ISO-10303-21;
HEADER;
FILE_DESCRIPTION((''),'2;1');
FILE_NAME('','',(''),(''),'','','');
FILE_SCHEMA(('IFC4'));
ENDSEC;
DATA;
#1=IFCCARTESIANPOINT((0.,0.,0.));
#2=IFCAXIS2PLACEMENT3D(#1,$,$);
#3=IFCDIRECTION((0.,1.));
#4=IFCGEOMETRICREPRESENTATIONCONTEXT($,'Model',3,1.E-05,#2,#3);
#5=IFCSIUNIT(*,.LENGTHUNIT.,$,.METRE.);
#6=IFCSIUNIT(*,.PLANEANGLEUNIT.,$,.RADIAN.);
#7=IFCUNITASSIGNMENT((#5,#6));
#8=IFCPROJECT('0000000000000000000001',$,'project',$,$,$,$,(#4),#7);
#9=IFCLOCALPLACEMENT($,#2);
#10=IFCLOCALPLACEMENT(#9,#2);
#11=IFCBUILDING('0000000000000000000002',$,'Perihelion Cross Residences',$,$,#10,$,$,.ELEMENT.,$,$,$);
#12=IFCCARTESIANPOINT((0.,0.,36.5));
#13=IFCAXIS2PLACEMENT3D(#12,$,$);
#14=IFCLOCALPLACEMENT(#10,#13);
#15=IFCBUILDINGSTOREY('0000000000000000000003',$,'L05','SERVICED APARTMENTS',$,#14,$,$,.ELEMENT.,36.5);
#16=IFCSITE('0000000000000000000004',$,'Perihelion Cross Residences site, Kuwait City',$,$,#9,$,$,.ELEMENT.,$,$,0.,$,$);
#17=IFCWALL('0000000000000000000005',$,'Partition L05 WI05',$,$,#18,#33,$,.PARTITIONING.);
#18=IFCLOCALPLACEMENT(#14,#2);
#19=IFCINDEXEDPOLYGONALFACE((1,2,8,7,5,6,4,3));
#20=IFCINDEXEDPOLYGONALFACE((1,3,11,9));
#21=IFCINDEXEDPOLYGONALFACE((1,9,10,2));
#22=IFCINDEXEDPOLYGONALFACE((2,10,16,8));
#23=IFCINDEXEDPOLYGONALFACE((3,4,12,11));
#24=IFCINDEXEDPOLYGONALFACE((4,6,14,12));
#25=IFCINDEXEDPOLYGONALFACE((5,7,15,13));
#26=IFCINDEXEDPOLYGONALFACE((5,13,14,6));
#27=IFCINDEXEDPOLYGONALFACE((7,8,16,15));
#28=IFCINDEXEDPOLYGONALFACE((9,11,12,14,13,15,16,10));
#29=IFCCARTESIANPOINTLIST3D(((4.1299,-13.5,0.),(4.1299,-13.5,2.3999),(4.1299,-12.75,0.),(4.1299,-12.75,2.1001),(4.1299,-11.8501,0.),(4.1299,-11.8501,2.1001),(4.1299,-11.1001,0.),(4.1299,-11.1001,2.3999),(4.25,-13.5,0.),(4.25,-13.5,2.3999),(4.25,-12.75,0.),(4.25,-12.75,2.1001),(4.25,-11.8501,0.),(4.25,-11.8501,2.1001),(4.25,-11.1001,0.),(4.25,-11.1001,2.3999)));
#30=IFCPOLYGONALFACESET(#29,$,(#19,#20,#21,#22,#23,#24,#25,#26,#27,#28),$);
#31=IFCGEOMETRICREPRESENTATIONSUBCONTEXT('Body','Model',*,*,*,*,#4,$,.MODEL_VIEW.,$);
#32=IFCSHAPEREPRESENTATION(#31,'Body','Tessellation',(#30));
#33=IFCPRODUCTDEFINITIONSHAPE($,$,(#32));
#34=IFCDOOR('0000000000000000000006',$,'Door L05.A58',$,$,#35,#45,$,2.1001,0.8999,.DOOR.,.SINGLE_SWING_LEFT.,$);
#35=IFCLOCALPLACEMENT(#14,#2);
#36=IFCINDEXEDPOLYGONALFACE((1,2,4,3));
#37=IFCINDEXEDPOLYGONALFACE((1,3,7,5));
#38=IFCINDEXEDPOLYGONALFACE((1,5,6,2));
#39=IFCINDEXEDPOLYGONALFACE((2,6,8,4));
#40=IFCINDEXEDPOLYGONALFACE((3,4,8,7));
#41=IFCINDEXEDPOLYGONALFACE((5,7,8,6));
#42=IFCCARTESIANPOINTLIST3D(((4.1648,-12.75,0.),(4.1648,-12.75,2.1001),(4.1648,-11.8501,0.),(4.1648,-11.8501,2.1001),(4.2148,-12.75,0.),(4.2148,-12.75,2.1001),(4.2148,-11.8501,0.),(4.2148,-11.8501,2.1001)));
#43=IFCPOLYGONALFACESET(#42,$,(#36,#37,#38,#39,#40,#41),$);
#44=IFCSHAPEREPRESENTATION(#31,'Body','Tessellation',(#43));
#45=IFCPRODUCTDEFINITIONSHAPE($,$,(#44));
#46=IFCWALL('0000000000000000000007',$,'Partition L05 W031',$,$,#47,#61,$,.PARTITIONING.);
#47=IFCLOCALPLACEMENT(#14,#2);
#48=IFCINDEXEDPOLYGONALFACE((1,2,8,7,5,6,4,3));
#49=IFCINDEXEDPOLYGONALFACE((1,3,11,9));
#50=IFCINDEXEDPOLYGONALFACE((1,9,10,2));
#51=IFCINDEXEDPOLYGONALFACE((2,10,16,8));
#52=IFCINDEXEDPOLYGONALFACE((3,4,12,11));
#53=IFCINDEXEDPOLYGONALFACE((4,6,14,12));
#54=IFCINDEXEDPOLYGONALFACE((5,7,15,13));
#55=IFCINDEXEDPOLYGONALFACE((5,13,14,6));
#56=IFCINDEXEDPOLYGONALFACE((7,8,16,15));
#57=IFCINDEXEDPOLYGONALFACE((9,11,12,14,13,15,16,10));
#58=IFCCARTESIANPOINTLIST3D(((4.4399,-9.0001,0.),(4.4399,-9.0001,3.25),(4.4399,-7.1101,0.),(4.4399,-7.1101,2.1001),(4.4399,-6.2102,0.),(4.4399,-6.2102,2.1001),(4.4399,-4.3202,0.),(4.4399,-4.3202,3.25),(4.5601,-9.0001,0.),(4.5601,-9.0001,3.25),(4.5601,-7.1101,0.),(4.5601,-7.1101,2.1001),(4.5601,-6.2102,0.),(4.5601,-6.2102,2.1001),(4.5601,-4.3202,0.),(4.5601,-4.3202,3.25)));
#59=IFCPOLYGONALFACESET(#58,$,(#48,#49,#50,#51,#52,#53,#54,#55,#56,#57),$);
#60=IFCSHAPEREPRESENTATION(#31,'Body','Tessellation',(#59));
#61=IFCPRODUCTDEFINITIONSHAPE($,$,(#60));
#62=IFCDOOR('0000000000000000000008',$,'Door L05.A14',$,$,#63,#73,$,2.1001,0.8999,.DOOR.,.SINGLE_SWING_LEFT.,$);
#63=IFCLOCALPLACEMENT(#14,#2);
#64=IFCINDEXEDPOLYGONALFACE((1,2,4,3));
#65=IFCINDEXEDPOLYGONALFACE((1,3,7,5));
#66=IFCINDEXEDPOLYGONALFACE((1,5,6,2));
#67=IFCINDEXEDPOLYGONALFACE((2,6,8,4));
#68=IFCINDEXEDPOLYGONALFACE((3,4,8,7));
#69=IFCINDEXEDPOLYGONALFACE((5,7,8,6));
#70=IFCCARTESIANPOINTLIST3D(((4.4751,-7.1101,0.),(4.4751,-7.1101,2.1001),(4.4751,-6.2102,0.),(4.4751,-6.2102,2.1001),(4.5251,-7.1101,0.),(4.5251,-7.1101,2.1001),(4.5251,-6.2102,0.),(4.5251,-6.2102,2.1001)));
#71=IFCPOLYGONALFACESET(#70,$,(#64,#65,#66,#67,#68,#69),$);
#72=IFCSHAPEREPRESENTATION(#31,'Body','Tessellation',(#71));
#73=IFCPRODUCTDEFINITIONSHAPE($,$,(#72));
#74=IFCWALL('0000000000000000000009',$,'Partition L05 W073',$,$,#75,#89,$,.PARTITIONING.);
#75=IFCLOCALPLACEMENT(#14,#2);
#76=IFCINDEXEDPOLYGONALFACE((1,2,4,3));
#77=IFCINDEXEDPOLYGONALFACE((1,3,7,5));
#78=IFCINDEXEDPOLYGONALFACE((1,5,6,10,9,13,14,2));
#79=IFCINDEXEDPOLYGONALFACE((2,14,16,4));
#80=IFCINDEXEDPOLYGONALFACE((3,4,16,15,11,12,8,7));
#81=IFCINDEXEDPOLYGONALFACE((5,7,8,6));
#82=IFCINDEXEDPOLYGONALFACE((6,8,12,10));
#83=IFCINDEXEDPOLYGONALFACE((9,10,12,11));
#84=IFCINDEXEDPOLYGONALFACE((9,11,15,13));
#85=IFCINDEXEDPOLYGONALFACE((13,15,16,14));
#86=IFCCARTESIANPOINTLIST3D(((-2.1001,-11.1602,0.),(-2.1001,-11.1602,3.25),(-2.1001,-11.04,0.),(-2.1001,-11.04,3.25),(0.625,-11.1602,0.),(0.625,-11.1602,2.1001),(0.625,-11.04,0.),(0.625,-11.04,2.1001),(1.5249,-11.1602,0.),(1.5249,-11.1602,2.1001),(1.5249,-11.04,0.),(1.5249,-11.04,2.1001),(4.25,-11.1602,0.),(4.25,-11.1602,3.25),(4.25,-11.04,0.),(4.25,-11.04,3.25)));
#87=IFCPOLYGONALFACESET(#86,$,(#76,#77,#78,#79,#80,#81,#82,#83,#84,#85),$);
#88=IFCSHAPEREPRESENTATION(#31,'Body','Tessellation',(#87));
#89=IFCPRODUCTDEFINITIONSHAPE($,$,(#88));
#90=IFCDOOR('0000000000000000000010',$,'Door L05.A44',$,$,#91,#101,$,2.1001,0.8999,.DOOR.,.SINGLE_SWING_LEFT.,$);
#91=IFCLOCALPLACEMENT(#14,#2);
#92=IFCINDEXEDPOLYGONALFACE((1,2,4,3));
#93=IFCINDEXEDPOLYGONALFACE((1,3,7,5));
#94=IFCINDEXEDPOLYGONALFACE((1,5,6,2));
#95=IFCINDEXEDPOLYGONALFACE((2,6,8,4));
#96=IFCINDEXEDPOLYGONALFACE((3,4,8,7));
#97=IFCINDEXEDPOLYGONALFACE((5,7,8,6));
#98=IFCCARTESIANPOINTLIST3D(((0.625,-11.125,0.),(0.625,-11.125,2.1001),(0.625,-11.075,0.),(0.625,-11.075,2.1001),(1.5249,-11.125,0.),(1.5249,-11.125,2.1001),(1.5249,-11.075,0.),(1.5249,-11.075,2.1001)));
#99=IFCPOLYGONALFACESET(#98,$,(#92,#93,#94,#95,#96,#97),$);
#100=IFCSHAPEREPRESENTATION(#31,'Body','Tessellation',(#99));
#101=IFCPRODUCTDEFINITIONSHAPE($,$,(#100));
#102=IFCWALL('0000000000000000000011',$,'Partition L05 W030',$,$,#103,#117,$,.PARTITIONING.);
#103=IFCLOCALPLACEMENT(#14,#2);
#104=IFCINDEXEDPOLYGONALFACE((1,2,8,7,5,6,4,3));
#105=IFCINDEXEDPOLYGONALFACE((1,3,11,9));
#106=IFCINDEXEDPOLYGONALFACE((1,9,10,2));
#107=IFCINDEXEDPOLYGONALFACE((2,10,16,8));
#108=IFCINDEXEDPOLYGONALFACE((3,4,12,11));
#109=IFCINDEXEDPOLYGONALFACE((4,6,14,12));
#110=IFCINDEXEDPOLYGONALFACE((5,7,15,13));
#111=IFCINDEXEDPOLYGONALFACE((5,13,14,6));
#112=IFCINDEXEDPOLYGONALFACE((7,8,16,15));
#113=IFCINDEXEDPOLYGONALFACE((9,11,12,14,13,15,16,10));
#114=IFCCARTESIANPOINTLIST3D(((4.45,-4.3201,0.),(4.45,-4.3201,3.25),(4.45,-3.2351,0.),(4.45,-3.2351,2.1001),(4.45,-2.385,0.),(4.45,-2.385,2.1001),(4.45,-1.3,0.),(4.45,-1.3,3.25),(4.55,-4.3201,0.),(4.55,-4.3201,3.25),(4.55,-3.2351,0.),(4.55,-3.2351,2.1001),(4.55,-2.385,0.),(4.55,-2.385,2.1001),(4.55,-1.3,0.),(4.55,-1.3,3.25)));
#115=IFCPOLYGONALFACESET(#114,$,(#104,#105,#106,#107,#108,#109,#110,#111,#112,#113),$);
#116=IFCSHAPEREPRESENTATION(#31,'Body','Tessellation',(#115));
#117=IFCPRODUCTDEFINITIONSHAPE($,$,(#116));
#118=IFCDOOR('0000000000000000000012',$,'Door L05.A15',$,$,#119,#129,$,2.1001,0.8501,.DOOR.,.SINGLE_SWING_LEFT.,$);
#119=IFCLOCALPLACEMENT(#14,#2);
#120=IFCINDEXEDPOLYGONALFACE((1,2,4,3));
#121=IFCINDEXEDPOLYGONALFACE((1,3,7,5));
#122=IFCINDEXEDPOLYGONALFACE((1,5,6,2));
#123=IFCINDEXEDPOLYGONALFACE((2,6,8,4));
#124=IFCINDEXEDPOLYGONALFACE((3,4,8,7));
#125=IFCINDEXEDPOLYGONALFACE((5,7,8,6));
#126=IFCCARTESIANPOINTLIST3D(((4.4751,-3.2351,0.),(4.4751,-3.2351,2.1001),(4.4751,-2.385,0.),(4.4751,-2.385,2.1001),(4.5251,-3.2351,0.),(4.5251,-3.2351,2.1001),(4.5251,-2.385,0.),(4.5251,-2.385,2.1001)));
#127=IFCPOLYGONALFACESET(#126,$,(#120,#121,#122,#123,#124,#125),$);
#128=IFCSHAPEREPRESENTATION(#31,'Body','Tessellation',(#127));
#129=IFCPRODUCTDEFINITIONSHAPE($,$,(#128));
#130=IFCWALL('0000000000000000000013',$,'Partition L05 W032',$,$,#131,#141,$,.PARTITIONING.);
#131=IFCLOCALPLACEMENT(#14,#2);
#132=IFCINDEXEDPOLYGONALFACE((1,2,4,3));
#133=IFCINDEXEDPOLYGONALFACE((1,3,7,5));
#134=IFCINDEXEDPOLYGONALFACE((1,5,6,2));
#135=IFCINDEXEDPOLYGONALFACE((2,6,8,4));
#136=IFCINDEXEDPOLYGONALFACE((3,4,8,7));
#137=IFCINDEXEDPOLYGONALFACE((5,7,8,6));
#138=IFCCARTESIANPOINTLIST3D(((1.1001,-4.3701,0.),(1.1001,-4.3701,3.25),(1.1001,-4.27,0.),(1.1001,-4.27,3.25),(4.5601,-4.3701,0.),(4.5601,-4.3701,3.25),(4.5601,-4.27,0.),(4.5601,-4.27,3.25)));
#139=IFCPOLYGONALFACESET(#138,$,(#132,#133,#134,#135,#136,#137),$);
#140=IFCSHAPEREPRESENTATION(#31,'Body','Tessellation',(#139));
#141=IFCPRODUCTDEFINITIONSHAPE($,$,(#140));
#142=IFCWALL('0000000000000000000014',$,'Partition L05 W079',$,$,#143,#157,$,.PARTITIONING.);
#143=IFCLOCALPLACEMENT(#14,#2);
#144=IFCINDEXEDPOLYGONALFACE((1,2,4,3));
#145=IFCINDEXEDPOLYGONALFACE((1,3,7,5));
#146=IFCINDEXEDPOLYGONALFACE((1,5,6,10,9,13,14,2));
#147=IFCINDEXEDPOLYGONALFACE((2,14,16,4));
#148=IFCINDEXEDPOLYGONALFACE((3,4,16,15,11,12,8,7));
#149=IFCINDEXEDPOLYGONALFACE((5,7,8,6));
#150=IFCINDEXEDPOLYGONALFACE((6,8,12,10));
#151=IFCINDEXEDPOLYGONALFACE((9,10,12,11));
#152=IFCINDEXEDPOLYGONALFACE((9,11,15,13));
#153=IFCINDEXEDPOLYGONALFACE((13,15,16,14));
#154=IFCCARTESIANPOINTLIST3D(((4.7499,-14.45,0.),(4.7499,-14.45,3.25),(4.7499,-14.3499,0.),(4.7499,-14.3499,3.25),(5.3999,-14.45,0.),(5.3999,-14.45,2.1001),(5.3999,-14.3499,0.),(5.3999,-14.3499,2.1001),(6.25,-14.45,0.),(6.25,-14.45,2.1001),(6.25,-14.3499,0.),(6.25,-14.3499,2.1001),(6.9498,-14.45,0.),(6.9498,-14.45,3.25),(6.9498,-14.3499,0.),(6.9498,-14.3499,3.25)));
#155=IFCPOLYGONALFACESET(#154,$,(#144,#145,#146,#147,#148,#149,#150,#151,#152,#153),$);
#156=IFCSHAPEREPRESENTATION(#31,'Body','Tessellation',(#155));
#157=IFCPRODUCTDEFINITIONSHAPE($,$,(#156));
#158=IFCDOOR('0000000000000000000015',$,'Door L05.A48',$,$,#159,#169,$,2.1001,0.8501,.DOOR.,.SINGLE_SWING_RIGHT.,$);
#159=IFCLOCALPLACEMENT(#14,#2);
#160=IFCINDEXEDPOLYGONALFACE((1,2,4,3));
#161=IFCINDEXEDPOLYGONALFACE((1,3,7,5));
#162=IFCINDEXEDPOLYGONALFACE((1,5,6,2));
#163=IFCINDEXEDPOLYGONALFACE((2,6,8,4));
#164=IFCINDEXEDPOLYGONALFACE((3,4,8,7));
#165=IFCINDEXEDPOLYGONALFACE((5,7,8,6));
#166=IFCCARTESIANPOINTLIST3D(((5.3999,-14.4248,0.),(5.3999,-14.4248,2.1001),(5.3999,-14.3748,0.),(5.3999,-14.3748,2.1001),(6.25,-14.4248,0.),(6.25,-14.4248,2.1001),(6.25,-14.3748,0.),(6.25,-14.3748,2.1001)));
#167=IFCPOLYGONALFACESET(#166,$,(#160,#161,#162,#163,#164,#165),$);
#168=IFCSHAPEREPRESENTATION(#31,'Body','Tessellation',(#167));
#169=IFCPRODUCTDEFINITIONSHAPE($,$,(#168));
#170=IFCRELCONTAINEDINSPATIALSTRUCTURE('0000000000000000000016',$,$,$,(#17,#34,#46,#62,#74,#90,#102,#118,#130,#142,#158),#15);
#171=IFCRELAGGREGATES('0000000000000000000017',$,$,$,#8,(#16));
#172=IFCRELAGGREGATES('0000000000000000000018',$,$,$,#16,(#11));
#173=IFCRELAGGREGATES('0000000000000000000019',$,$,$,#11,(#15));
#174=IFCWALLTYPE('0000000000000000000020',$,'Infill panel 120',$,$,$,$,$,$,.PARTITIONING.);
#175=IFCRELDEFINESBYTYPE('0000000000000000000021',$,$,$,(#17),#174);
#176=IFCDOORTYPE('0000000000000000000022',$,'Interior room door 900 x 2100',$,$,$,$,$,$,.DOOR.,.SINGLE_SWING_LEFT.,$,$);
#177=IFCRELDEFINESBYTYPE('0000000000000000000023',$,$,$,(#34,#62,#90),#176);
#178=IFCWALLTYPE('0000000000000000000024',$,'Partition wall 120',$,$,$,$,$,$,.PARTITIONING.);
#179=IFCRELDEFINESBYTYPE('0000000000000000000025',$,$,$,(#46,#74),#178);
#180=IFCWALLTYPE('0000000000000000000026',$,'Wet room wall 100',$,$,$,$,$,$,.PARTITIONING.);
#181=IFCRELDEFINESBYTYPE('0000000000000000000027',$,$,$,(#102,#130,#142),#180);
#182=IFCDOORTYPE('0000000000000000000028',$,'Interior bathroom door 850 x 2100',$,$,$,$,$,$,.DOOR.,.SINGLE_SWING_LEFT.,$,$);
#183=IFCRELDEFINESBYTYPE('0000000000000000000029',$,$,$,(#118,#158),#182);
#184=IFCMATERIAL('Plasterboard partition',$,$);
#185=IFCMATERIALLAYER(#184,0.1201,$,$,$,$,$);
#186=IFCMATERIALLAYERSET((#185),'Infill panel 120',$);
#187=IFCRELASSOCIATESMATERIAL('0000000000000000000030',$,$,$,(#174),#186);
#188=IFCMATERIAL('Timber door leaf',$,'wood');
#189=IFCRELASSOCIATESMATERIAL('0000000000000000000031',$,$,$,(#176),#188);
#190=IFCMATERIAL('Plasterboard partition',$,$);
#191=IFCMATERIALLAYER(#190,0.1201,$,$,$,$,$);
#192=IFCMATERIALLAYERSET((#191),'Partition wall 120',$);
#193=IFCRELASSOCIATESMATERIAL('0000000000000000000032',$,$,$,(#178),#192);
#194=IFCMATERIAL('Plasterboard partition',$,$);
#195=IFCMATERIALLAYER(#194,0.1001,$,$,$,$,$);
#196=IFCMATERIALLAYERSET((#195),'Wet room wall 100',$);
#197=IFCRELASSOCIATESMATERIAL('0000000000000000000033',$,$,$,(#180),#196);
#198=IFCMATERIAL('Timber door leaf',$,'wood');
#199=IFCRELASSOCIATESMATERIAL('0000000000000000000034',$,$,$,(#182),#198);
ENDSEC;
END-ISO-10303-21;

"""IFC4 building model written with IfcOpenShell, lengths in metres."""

from ifc_helpers import new_model, si_unit, direction, frame, frame_2d, origin, place, context, subcontext, project, spatial, rectangle, extrude, material, layer, layer_set, type_object, element, fill, save


model = new_model("IFC4")

# Units and contexts
model_context = context("Model", 3, precision=1e-05, world=origin(), true_north=direction((0.0, 1.0)))
body_context = subcontext(model_context, "Body", "Model", "MODEL_VIEW")
ifc_project = project(units=[si_unit("LENGTHUNIT", "METRE"), si_unit("PLANEANGLEUNIT", "RADIAN")], contexts=[model_context])

# Site, building, storey
site_placement = place(None, origin())
site = spatial("IfcSite", under=ifc_project, at=site_placement, Name="Perihelion Cross Residences site, Kuwait City", CompositionType="ELEMENT", RefElevation=0.0)
building_placement = place(site_placement, origin())
building = spatial("IfcBuilding", under=site, at=building_placement, Name="Perihelion Cross Residences", CompositionType="ELEMENT")
storey_placement = place(building_placement, frame((0.0, 0.0, 36.5)))
storey = spatial("IfcBuildingStorey", under=building, at=storey_placement, Name="L05", Description="SERVICED APARTMENTS", CompositionType="ELEMENT", Elevation=36.5)

# Walls, openings, doors
ifc_material_1 = material(Name="Plasterboard partition")
ifc_layer_1 = layer(ifc_material_1, 0.1201)
ifc_layer_set_1 = layer_set([ifc_layer_1], Name="Infill panel 120")
wall_type_1 = type_object("IfcWallType", Name="Infill panel 120", PredefinedType="PARTITIONING", material=ifc_layer_set_1)
wall_1_placement = place(storey_placement, frame((4.1899, -11.1001, 0.0), z_axis=(0.0, 0.0, 1.0), x_axis=(0.0, -1.0, 0.0)))
wall_1 = element("IfcWall", 1, at=wall_1_placement, inside=storey, type_object=wall_type_1, Name="Partition L05 WI05", PredefinedType="PARTITIONING", context=body_context, shape_type="SweptSolid", body=[
    extrude(rectangle(XDim=2.3999, YDim=0.1201, at=frame_2d((1.2, 0.0))), origin(), (0.0, 0.0, 1.0), 2.3999),
])
opening_1_placement = place(wall_1_placement, frame((0.75, 0.0, 0.0)))
opening_1 = element("IfcOpeningElement", 2, at=opening_1_placement, cuts=wall_1, PredefinedType="OPENING", context=body_context, shape_type="SweptSolid", body=[
    extrude(rectangle(XDim=0.8999, YDim=2.1001, at=frame_2d((0.45, 1.05))), frame((0.0, 0.0701, 0.0), z_axis=(0.0, -1.0, 0.0), x_axis=(1.0, 0.0, 0.0)), (0.0, 0.0, 1.0), 0.1401),
])
ifc_material_2 = material(Name="Timber door leaf", Category="wood")
door_type_1 = type_object("IfcDoorType", Name="Interior room door 900 x 2100", OperationType="SINGLE_SWING_LEFT", PredefinedType="DOOR", material=ifc_material_2)
door_1_placement = place(opening_1_placement, origin())
door_1 = element("IfcDoor", 3, at=door_1_placement, inside=storey, type_object=door_type_1, Name="Door L05.A58", OperationType="SINGLE_SWING_LEFT", OverallHeight=2.1001, OverallWidth=0.8999, PredefinedType="DOOR", context=body_context, shape_type="SweptSolid", body=[
    extrude(rectangle(XDim=0.8999, YDim=2.1001, at=frame_2d((0.45, 1.05))), frame((0.0, 0.0249, 0.0), z_axis=(0.0, -1.0, 0.0), x_axis=(1.0, 0.0, 0.0)), (0.0, 0.0, 1.0), 0.05),
])
fill(opening_1, door_1)
ifc_material_3 = material(Name="Plasterboard partition")
ifc_layer_2 = layer(ifc_material_3, 0.1201)
ifc_layer_set_2 = layer_set([ifc_layer_2], Name="Partition wall 120")
wall_type_2 = type_object("IfcWallType", Name="Partition wall 120", PredefinedType="PARTITIONING", material=ifc_layer_set_2)
wall_2_placement = place(storey_placement, frame((4.5, -9.0, 0.0), z_axis=(0.0, 0.0, 1.0), x_axis=(0.0, 1.0, 0.0)))
wall_2 = element("IfcWall", 4, at=wall_2_placement, inside=storey, type_object=wall_type_2, Name="Partition L05 W031", PredefinedType="PARTITIONING", context=body_context, shape_type="SweptSolid", body=[
    extrude(rectangle(XDim=4.6799, YDim=0.1201, at=frame_2d((2.3398, 0.0))), origin(), (0.0, 0.0, 1.0), 3.25),
])
opening_2_placement = place(wall_2_placement, frame((1.8899, 0.0, 0.0)))
opening_2 = element("IfcOpeningElement", 5, at=opening_2_placement, cuts=wall_2, PredefinedType="OPENING", context=body_context, shape_type="SweptSolid", body=[
    extrude(rectangle(XDim=0.8999, YDim=2.1001, at=frame_2d((0.45, 1.05))), frame((0.0, 0.0701, 0.0), z_axis=(0.0, -1.0, 0.0), x_axis=(1.0, 0.0, 0.0)), (0.0, 0.0, 1.0), 0.1401),
])
door_2_placement = place(opening_2_placement, origin())
door_2 = element("IfcDoor", 6, at=door_2_placement, inside=storey, type_object=door_type_1, Name="Door L05.A14", OperationType="SINGLE_SWING_LEFT", OverallHeight=2.1001, OverallWidth=0.8999, PredefinedType="DOOR", context=body_context, shape_type="SweptSolid", body=[
    extrude(rectangle(XDim=0.8999, YDim=2.1001, at=frame_2d((0.45, 1.05))), frame((0.0, 0.0249, 0.0), z_axis=(0.0, -1.0, 0.0), x_axis=(1.0, 0.0, 0.0)), (0.0, 0.0, 1.0), 0.05),
])
fill(opening_2, door_2)
wall_3_placement = place(storey_placement, frame((4.25, -11.1001, 0.0), z_axis=(0.0, 0.0, 1.0), x_axis=(-1.0, 0.0, 0.0)))
wall_3 = element("IfcWall", 7, at=wall_3_placement, inside=storey, type_object=wall_type_2, Name="Partition L05 W073", PredefinedType="PARTITIONING", context=body_context, shape_type="SweptSolid", body=[
    extrude(rectangle(XDim=6.3501, YDim=0.1201, at=frame_2d((3.175, 0.0))), origin(), (0.0, 0.0, 1.0), 3.25),
])
opening_3_placement = place(wall_3_placement, frame((2.7251, 0.0, 0.0)))
opening_3 = element("IfcOpeningElement", 8, at=opening_3_placement, cuts=wall_3, PredefinedType="OPENING", context=body_context, shape_type="SweptSolid", body=[
    extrude(rectangle(XDim=0.8999, YDim=2.1001, at=frame_2d((0.45, 1.05))), frame((0.0, 0.0701, 0.0), z_axis=(0.0, -1.0, 0.0), x_axis=(1.0, 0.0, 0.0)), (0.0, 0.0, 1.0), 0.1401),
])
door_3_placement = place(opening_3_placement, origin())
door_3 = element("IfcDoor", 9, at=door_3_placement, inside=storey, type_object=door_type_1, Name="Door L05.A44", OperationType="SINGLE_SWING_LEFT", OverallHeight=2.1001, OverallWidth=0.8999, PredefinedType="DOOR", context=body_context, shape_type="SweptSolid", body=[
    extrude(rectangle(XDim=0.8999, YDim=2.1001, at=frame_2d((0.45, 1.05))), frame((0.0, 0.0249, 0.0), z_axis=(0.0, -1.0, 0.0), x_axis=(1.0, 0.0, 0.0)), (0.0, 0.0, 1.0), 0.05),
])
fill(opening_3, door_3)
ifc_material_4 = material(Name="Plasterboard partition")
ifc_layer_3 = layer(ifc_material_4, 0.1001)
ifc_layer_set_3 = layer_set([ifc_layer_3], Name="Wet room wall 100")
wall_type_3 = type_object("IfcWallType", Name="Wet room wall 100", PredefinedType="PARTITIONING", material=ifc_layer_set_3)
wall_4_placement = place(storey_placement, frame((4.5, -4.3201, 0.0), z_axis=(0.0, 0.0, 1.0), x_axis=(0.0, 1.0, 0.0)))
wall_4 = element("IfcWall", 10, at=wall_4_placement, inside=storey, type_object=wall_type_3, Name="Partition L05 W030", PredefinedType="PARTITIONING", context=body_context, shape_type="SweptSolid", body=[
    extrude(rectangle(XDim=3.02, YDim=0.1001, at=frame_2d((1.51, 0.0))), origin(), (0.0, 0.0, 1.0), 3.25),
])
opening_4_placement = place(wall_4_placement, frame((1.085, 0.0, 0.0)))
opening_4 = element("IfcOpeningElement", 11, at=opening_4_placement, cuts=wall_4, PredefinedType="OPENING", context=body_context, shape_type="SweptSolid", body=[
    extrude(rectangle(XDim=0.8501, YDim=2.1001, at=frame_2d((0.425, 1.05))), frame((0.0, 0.0601, 0.0), z_axis=(0.0, -1.0, 0.0), x_axis=(1.0, 0.0, 0.0)), (0.0, 0.0, 1.0), 0.1201),
])
ifc_material_5 = material(Name="Timber door leaf", Category="wood")
door_type_2 = type_object("IfcDoorType", Name="Interior bathroom door 850 x 2100", OperationType="SINGLE_SWING_LEFT", PredefinedType="DOOR", material=ifc_material_5)
door_4_placement = place(opening_4_placement, origin())
door_4 = element("IfcDoor", 12, at=door_4_placement, inside=storey, type_object=door_type_2, Name="Door L05.A15", OperationType="SINGLE_SWING_LEFT", OverallHeight=2.1001, OverallWidth=0.8501, PredefinedType="DOOR", context=body_context, shape_type="SweptSolid", body=[
    extrude(rectangle(XDim=0.8501, YDim=2.1001, at=frame_2d((0.425, 1.05))), frame((0.0, 0.0249, 0.0), z_axis=(0.0, -1.0, 0.0), x_axis=(1.0, 0.0, 0.0)), (0.0, 0.0, 1.0), 0.05),
])
fill(opening_4, door_4)

# Wall
wall_5_placement = place(storey_placement, frame((4.5601, -4.3201, 0.0), z_axis=(0.0, 0.0, 1.0), x_axis=(-1.0, 0.0, 0.0)))
element("IfcWall", 13, at=wall_5_placement, inside=storey, type_object=wall_type_3, Name="Partition L05 W032", PredefinedType="PARTITIONING", context=body_context, shape_type="SweptSolid", body=[
    extrude(rectangle(XDim=3.46, YDim=0.1001, at=frame_2d((1.73, 0.0))), origin(), (0.0, 0.0, 1.0), 3.25),
])

# Wall, opening, door
wall_6_placement = place(storey_placement, frame((6.95, -14.3999, 0.0), z_axis=(0.0, 0.0, 1.0), x_axis=(-1.0, 0.0, 0.0)))
wall_6 = element("IfcWall", 14, at=wall_6_placement, inside=storey, type_object=wall_type_3, Name="Partition L05 W079", PredefinedType="PARTITIONING", context=body_context, shape_type="SweptSolid", body=[
    extrude(rectangle(XDim=2.2, YDim=0.1001, at=frame_2d((1.1001, 0.0))), origin(), (0.0, 0.0, 1.0), 3.25),
])
opening_5_placement = place(wall_6_placement, frame((0.7, 0.0, 0.0)))
opening_5 = element("IfcOpeningElement", 15, at=opening_5_placement, cuts=wall_6, PredefinedType="OPENING", context=body_context, shape_type="SweptSolid", body=[
    extrude(rectangle(XDim=0.8501, YDim=2.1001, at=frame_2d((0.425, 1.05))), frame((0.0, 0.0601, 0.0), z_axis=(0.0, -1.0, 0.0), x_axis=(1.0, 0.0, 0.0)), (0.0, 0.0, 1.0), 0.1201),
])
door_5_placement = place(opening_5_placement, origin())
door_5 = element("IfcDoor", 16, at=door_5_placement, inside=storey, type_object=door_type_2, Name="Door L05.A48", OperationType="SINGLE_SWING_RIGHT", OverallHeight=2.1001, OverallWidth=0.8501, PredefinedType="DOOR", context=body_context, shape_type="SweptSolid", body=[
    extrude(rectangle(XDim=0.8501, YDim=2.1001, at=frame_2d((0.425, 1.05))), frame((0.0, 0.0249, 0.0), z_axis=(0.0, -1.0, 0.0), x_axis=(1.0, 0.0, 0.0)), (0.0, 0.0, 1.0), 0.05),
])
fill(opening_5, door_5)

save(model, "model.ifc")
